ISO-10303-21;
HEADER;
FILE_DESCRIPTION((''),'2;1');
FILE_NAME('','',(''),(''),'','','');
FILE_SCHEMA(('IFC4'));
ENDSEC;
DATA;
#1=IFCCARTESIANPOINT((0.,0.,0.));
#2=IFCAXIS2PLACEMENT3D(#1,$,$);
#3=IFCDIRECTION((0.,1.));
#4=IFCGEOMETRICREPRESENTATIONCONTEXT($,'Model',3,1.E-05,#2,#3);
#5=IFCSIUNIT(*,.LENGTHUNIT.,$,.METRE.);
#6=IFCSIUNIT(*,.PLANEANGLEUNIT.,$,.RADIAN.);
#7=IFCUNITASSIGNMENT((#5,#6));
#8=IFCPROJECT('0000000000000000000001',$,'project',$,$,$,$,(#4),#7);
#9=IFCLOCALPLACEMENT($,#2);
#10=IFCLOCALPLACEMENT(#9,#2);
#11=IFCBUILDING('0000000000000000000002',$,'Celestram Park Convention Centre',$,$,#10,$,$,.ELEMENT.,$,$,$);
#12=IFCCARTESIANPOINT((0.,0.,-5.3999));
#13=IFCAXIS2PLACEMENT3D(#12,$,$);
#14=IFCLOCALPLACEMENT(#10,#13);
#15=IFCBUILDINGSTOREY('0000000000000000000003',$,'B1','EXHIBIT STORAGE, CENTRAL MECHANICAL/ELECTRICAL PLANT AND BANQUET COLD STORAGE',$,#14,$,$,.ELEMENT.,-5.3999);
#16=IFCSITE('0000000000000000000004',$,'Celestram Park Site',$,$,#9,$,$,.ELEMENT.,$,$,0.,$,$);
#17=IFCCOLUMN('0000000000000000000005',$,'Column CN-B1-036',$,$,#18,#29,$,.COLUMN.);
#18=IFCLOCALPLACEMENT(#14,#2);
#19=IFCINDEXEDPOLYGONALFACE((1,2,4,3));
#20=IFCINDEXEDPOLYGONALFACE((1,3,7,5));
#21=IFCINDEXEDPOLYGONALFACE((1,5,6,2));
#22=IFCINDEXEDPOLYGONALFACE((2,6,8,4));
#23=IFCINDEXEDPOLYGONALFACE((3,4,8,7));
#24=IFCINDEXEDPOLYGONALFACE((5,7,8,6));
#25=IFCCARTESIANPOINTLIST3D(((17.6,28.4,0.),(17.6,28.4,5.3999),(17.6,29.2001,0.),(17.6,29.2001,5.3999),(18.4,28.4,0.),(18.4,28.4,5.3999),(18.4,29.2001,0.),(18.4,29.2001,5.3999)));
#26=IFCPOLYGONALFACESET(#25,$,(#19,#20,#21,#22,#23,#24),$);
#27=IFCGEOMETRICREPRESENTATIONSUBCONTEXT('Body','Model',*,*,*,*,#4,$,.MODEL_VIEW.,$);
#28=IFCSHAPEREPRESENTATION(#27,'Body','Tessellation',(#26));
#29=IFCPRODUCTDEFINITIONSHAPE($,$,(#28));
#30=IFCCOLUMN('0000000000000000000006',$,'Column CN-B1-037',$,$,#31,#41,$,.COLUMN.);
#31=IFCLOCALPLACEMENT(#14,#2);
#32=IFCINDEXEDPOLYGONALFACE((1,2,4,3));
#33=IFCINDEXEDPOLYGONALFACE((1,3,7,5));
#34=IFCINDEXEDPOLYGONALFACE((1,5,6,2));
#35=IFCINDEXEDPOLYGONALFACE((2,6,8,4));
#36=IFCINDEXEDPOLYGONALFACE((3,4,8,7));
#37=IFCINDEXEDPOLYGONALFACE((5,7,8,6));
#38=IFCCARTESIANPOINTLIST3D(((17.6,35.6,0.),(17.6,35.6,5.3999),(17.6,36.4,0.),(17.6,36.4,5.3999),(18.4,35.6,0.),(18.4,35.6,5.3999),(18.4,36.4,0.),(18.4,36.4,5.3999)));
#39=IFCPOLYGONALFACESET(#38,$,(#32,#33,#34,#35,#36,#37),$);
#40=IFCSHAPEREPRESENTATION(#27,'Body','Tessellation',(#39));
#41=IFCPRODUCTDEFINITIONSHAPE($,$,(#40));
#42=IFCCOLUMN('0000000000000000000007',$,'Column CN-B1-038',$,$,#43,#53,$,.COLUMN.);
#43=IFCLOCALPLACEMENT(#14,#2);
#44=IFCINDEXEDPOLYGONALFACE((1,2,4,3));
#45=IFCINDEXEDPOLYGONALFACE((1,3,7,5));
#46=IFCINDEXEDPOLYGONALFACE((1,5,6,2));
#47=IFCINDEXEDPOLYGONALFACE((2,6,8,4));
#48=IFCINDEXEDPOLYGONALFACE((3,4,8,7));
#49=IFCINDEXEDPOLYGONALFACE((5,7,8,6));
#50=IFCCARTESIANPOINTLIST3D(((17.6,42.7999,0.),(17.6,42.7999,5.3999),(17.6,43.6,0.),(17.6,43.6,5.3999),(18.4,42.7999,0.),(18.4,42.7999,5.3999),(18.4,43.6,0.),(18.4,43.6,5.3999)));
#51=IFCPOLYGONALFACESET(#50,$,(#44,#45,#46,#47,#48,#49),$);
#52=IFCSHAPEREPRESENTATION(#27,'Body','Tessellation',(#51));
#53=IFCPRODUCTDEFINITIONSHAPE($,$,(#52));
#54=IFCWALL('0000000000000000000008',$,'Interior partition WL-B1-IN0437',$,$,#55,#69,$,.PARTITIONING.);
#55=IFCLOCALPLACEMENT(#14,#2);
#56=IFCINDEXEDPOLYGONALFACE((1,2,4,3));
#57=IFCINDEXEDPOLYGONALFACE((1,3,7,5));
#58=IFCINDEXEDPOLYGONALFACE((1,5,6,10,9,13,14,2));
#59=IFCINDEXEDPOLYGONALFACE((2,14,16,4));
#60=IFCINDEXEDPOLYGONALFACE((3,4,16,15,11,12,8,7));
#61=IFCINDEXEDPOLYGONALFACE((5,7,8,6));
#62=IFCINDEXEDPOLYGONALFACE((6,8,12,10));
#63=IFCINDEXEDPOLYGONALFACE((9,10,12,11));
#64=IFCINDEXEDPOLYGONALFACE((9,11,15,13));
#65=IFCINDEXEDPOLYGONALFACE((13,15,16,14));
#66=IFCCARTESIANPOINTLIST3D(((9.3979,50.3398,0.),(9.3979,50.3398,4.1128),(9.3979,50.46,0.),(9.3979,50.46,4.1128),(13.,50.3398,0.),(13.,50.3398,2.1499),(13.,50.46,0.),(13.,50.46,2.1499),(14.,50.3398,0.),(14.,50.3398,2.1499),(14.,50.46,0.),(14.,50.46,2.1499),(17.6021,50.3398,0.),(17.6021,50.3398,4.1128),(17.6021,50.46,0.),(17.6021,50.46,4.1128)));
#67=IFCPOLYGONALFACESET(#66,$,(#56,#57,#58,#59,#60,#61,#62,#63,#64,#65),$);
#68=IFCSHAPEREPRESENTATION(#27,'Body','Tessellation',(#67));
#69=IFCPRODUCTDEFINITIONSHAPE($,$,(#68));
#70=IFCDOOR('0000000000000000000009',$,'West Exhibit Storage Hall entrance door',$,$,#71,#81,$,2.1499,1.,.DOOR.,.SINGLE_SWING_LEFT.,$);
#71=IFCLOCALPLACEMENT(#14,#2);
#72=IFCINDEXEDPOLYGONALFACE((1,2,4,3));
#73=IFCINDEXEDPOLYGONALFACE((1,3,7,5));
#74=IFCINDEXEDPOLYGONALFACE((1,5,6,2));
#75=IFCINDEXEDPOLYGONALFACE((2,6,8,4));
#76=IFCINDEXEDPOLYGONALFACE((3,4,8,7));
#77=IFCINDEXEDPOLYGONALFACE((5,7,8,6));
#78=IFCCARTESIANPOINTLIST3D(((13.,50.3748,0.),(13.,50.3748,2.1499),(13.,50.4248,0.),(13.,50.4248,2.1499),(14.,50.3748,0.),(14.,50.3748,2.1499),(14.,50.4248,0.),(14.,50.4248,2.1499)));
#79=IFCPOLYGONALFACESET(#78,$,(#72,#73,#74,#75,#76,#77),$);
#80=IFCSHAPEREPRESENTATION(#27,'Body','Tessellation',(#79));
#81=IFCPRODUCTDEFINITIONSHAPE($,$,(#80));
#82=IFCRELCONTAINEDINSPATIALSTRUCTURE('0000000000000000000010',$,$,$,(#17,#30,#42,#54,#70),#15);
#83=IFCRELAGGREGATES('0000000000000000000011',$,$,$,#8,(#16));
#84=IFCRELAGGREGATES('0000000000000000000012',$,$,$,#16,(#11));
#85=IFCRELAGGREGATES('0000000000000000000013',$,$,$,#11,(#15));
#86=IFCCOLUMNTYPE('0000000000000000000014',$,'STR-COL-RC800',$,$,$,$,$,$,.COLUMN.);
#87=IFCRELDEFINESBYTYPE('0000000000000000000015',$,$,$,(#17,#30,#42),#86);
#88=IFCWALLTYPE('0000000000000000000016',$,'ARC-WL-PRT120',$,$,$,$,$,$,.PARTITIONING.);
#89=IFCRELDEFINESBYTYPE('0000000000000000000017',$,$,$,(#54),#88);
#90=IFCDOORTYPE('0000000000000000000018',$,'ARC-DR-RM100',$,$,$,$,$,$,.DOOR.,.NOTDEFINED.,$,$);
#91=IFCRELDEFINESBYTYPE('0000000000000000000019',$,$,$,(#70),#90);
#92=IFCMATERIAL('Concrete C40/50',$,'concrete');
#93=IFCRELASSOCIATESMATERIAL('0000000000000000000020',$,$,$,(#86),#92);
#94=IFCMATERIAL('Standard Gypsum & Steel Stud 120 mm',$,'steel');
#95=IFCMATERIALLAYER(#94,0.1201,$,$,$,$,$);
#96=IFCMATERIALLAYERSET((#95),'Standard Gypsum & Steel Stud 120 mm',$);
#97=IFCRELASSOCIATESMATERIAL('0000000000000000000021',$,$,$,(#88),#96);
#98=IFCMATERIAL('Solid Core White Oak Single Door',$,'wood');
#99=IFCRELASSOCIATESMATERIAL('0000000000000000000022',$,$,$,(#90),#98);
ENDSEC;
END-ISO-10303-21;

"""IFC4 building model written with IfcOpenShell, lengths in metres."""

from ifc_helpers import new_model, si_unit, direction, frame, frame_2d, origin, origin_2d, place, context, subcontext, project, spatial, rectangle, extrude, material, layer, layer_set, material_profile, profile_set, type_object, element, fill, save


model = new_model("IFC4")

# Units and contexts
model_context = context("Model", 3, precision=1e-05, world=origin(), true_north=direction((0.0, 1.0)))
body_context = subcontext(model_context, "Body", "Model", "MODEL_VIEW")
ifc_project = project(units=[si_unit("LENGTHUNIT", "METRE"), si_unit("PLANEANGLEUNIT", "RADIAN")], contexts=[model_context])

# Site, building, storey
site_placement = place(None, origin())
site = spatial("IfcSite", under=ifc_project, at=site_placement, Name="Celestram Park Site", CompositionType="ELEMENT", RefElevation=0.0)
building_placement = place(site_placement, origin())
building = spatial("IfcBuilding", under=site, at=building_placement, Name="Celestram Park Convention Centre", CompositionType="ELEMENT")
storey_placement = place(building_placement, frame((0.0, 0.0, -5.3999)))
storey = spatial("IfcBuildingStorey", under=building, at=storey_placement, Name="B1", Description="EXHIBIT STORAGE, CENTRAL MECHANICAL/ELECTRICAL PLANT AND BANQUET COLD STORAGE", CompositionType="ELEMENT", Elevation=-5.3999)

# Shared definitions
ifc_material_1 = material(Name="Concrete C40/50", Category="concrete")

# Columns
ifc_material_profile_1 = material_profile(ifc_material_1, rectangle(XDim=0.8, YDim=0.8, at=origin_2d()), Name="RC800X800")
ifc_profile_set_1 = profile_set([ifc_material_profile_1], Name="Concrete C40/50")
column_type = type_object("IfcColumnType", Name="STR-COL-RC800", PredefinedType="COLUMN", material=ifc_profile_set_1)
for number, where, z_axis, x_axis, name in (
    (1, (18.0, 28.8, 0.0), (0.0, 0.0, 1.0), (1.0, 0.0, 0.0), "Column CN-B1-036"),
    (2, (18.0, 36.0, 0.0), (0.0, 0.0, 1.0), (1.0, 0.0, 0.0), "Column CN-B1-037"),
    (3, (18.0, 43.2, 0.0), (0.0, 0.0, 1.0), (1.0, 0.0, 0.0), "Column CN-B1-038"),
):
    element("IfcColumn", number, at=place(storey_placement, frame(where, z_axis=z_axis, x_axis=x_axis)), inside=storey, type_object=column_type, Name=name, PredefinedType="COLUMN", context=body_context, shape_type="SweptSolid", body=[
        extrude(rectangle(XDim=0.8, YDim=0.8, at=origin_2d()), origin(), (0.0, 0.0, 1.0), 5.3999),
    ])

# Wall, opening, door
ifc_material_2 = material(Name="Standard Gypsum & Steel Stud 120 mm", Category="steel")
ifc_layer = layer(ifc_material_2, 0.1201)
ifc_layer_set = layer_set([ifc_layer], Name="Standard Gypsum & Steel Stud 120 mm")
wall_type = type_object("IfcWallType", Name="ARC-WL-PRT120", PredefinedType="PARTITIONING", material=ifc_layer_set)
wall_placement = place(storey_placement, frame((9.3979, 50.3999, 0.0), z_axis=(0.0, 0.0, 1.0), x_axis=(1.0, 0.0, 0.0)))
wall = element("IfcWall", 4, at=wall_placement, inside=storey, type_object=wall_type, Name="Interior partition WL-B1-IN0437", PredefinedType="PARTITIONING", context=body_context, shape_type="SweptSolid", body=[
    extrude(rectangle(XDim=8.2041, YDim=0.1201, at=frame_2d((4.1021, 0.0))), origin(), (0.0, 0.0, 1.0), 4.1128),
])
opening_placement = place(wall_placement, frame((3.6021, 0.0, 0.0)))
opening = element("IfcOpeningElement", 5, at=opening_placement, cuts=wall, PredefinedType="OPENING", context=body_context, shape_type="SweptSolid", body=[
    extrude(rectangle(XDim=1.0, YDim=2.1499, at=frame_2d((0.5, 1.075))), frame((0.0, 0.0701, 0.0), z_axis=(0.0, -1.0, 0.0), x_axis=(1.0, 0.0, 0.0)), (0.0, 0.0, 1.0), 0.1401),
])
ifc_material_3 = material(Name="Solid Core White Oak Single Door", Category="wood")
door_type = type_object("IfcDoorType", Name="ARC-DR-RM100", OperationType="NOTDEFINED", PredefinedType="DOOR", material=ifc_material_3)
door_placement = place(opening_placement, origin())
door = element("IfcDoor", 6, at=door_placement, inside=storey, type_object=door_type, Name="West Exhibit Storage Hall entrance door", OperationType="SINGLE_SWING_LEFT", OverallHeight=2.1499, OverallWidth=1.0, PredefinedType="DOOR", context=body_context, shape_type="SweptSolid", body=[
    extrude(rectangle(XDim=1.0, YDim=2.1499, at=frame_2d((0.5, 1.075))), frame((0.0, 0.0249, 0.0), z_axis=(0.0, -1.0, 0.0), x_axis=(1.0, 0.0, 0.0)), (0.0, 0.0, 1.0), 0.05),
])
fill(opening, door)

save(model, "model.ifc")
